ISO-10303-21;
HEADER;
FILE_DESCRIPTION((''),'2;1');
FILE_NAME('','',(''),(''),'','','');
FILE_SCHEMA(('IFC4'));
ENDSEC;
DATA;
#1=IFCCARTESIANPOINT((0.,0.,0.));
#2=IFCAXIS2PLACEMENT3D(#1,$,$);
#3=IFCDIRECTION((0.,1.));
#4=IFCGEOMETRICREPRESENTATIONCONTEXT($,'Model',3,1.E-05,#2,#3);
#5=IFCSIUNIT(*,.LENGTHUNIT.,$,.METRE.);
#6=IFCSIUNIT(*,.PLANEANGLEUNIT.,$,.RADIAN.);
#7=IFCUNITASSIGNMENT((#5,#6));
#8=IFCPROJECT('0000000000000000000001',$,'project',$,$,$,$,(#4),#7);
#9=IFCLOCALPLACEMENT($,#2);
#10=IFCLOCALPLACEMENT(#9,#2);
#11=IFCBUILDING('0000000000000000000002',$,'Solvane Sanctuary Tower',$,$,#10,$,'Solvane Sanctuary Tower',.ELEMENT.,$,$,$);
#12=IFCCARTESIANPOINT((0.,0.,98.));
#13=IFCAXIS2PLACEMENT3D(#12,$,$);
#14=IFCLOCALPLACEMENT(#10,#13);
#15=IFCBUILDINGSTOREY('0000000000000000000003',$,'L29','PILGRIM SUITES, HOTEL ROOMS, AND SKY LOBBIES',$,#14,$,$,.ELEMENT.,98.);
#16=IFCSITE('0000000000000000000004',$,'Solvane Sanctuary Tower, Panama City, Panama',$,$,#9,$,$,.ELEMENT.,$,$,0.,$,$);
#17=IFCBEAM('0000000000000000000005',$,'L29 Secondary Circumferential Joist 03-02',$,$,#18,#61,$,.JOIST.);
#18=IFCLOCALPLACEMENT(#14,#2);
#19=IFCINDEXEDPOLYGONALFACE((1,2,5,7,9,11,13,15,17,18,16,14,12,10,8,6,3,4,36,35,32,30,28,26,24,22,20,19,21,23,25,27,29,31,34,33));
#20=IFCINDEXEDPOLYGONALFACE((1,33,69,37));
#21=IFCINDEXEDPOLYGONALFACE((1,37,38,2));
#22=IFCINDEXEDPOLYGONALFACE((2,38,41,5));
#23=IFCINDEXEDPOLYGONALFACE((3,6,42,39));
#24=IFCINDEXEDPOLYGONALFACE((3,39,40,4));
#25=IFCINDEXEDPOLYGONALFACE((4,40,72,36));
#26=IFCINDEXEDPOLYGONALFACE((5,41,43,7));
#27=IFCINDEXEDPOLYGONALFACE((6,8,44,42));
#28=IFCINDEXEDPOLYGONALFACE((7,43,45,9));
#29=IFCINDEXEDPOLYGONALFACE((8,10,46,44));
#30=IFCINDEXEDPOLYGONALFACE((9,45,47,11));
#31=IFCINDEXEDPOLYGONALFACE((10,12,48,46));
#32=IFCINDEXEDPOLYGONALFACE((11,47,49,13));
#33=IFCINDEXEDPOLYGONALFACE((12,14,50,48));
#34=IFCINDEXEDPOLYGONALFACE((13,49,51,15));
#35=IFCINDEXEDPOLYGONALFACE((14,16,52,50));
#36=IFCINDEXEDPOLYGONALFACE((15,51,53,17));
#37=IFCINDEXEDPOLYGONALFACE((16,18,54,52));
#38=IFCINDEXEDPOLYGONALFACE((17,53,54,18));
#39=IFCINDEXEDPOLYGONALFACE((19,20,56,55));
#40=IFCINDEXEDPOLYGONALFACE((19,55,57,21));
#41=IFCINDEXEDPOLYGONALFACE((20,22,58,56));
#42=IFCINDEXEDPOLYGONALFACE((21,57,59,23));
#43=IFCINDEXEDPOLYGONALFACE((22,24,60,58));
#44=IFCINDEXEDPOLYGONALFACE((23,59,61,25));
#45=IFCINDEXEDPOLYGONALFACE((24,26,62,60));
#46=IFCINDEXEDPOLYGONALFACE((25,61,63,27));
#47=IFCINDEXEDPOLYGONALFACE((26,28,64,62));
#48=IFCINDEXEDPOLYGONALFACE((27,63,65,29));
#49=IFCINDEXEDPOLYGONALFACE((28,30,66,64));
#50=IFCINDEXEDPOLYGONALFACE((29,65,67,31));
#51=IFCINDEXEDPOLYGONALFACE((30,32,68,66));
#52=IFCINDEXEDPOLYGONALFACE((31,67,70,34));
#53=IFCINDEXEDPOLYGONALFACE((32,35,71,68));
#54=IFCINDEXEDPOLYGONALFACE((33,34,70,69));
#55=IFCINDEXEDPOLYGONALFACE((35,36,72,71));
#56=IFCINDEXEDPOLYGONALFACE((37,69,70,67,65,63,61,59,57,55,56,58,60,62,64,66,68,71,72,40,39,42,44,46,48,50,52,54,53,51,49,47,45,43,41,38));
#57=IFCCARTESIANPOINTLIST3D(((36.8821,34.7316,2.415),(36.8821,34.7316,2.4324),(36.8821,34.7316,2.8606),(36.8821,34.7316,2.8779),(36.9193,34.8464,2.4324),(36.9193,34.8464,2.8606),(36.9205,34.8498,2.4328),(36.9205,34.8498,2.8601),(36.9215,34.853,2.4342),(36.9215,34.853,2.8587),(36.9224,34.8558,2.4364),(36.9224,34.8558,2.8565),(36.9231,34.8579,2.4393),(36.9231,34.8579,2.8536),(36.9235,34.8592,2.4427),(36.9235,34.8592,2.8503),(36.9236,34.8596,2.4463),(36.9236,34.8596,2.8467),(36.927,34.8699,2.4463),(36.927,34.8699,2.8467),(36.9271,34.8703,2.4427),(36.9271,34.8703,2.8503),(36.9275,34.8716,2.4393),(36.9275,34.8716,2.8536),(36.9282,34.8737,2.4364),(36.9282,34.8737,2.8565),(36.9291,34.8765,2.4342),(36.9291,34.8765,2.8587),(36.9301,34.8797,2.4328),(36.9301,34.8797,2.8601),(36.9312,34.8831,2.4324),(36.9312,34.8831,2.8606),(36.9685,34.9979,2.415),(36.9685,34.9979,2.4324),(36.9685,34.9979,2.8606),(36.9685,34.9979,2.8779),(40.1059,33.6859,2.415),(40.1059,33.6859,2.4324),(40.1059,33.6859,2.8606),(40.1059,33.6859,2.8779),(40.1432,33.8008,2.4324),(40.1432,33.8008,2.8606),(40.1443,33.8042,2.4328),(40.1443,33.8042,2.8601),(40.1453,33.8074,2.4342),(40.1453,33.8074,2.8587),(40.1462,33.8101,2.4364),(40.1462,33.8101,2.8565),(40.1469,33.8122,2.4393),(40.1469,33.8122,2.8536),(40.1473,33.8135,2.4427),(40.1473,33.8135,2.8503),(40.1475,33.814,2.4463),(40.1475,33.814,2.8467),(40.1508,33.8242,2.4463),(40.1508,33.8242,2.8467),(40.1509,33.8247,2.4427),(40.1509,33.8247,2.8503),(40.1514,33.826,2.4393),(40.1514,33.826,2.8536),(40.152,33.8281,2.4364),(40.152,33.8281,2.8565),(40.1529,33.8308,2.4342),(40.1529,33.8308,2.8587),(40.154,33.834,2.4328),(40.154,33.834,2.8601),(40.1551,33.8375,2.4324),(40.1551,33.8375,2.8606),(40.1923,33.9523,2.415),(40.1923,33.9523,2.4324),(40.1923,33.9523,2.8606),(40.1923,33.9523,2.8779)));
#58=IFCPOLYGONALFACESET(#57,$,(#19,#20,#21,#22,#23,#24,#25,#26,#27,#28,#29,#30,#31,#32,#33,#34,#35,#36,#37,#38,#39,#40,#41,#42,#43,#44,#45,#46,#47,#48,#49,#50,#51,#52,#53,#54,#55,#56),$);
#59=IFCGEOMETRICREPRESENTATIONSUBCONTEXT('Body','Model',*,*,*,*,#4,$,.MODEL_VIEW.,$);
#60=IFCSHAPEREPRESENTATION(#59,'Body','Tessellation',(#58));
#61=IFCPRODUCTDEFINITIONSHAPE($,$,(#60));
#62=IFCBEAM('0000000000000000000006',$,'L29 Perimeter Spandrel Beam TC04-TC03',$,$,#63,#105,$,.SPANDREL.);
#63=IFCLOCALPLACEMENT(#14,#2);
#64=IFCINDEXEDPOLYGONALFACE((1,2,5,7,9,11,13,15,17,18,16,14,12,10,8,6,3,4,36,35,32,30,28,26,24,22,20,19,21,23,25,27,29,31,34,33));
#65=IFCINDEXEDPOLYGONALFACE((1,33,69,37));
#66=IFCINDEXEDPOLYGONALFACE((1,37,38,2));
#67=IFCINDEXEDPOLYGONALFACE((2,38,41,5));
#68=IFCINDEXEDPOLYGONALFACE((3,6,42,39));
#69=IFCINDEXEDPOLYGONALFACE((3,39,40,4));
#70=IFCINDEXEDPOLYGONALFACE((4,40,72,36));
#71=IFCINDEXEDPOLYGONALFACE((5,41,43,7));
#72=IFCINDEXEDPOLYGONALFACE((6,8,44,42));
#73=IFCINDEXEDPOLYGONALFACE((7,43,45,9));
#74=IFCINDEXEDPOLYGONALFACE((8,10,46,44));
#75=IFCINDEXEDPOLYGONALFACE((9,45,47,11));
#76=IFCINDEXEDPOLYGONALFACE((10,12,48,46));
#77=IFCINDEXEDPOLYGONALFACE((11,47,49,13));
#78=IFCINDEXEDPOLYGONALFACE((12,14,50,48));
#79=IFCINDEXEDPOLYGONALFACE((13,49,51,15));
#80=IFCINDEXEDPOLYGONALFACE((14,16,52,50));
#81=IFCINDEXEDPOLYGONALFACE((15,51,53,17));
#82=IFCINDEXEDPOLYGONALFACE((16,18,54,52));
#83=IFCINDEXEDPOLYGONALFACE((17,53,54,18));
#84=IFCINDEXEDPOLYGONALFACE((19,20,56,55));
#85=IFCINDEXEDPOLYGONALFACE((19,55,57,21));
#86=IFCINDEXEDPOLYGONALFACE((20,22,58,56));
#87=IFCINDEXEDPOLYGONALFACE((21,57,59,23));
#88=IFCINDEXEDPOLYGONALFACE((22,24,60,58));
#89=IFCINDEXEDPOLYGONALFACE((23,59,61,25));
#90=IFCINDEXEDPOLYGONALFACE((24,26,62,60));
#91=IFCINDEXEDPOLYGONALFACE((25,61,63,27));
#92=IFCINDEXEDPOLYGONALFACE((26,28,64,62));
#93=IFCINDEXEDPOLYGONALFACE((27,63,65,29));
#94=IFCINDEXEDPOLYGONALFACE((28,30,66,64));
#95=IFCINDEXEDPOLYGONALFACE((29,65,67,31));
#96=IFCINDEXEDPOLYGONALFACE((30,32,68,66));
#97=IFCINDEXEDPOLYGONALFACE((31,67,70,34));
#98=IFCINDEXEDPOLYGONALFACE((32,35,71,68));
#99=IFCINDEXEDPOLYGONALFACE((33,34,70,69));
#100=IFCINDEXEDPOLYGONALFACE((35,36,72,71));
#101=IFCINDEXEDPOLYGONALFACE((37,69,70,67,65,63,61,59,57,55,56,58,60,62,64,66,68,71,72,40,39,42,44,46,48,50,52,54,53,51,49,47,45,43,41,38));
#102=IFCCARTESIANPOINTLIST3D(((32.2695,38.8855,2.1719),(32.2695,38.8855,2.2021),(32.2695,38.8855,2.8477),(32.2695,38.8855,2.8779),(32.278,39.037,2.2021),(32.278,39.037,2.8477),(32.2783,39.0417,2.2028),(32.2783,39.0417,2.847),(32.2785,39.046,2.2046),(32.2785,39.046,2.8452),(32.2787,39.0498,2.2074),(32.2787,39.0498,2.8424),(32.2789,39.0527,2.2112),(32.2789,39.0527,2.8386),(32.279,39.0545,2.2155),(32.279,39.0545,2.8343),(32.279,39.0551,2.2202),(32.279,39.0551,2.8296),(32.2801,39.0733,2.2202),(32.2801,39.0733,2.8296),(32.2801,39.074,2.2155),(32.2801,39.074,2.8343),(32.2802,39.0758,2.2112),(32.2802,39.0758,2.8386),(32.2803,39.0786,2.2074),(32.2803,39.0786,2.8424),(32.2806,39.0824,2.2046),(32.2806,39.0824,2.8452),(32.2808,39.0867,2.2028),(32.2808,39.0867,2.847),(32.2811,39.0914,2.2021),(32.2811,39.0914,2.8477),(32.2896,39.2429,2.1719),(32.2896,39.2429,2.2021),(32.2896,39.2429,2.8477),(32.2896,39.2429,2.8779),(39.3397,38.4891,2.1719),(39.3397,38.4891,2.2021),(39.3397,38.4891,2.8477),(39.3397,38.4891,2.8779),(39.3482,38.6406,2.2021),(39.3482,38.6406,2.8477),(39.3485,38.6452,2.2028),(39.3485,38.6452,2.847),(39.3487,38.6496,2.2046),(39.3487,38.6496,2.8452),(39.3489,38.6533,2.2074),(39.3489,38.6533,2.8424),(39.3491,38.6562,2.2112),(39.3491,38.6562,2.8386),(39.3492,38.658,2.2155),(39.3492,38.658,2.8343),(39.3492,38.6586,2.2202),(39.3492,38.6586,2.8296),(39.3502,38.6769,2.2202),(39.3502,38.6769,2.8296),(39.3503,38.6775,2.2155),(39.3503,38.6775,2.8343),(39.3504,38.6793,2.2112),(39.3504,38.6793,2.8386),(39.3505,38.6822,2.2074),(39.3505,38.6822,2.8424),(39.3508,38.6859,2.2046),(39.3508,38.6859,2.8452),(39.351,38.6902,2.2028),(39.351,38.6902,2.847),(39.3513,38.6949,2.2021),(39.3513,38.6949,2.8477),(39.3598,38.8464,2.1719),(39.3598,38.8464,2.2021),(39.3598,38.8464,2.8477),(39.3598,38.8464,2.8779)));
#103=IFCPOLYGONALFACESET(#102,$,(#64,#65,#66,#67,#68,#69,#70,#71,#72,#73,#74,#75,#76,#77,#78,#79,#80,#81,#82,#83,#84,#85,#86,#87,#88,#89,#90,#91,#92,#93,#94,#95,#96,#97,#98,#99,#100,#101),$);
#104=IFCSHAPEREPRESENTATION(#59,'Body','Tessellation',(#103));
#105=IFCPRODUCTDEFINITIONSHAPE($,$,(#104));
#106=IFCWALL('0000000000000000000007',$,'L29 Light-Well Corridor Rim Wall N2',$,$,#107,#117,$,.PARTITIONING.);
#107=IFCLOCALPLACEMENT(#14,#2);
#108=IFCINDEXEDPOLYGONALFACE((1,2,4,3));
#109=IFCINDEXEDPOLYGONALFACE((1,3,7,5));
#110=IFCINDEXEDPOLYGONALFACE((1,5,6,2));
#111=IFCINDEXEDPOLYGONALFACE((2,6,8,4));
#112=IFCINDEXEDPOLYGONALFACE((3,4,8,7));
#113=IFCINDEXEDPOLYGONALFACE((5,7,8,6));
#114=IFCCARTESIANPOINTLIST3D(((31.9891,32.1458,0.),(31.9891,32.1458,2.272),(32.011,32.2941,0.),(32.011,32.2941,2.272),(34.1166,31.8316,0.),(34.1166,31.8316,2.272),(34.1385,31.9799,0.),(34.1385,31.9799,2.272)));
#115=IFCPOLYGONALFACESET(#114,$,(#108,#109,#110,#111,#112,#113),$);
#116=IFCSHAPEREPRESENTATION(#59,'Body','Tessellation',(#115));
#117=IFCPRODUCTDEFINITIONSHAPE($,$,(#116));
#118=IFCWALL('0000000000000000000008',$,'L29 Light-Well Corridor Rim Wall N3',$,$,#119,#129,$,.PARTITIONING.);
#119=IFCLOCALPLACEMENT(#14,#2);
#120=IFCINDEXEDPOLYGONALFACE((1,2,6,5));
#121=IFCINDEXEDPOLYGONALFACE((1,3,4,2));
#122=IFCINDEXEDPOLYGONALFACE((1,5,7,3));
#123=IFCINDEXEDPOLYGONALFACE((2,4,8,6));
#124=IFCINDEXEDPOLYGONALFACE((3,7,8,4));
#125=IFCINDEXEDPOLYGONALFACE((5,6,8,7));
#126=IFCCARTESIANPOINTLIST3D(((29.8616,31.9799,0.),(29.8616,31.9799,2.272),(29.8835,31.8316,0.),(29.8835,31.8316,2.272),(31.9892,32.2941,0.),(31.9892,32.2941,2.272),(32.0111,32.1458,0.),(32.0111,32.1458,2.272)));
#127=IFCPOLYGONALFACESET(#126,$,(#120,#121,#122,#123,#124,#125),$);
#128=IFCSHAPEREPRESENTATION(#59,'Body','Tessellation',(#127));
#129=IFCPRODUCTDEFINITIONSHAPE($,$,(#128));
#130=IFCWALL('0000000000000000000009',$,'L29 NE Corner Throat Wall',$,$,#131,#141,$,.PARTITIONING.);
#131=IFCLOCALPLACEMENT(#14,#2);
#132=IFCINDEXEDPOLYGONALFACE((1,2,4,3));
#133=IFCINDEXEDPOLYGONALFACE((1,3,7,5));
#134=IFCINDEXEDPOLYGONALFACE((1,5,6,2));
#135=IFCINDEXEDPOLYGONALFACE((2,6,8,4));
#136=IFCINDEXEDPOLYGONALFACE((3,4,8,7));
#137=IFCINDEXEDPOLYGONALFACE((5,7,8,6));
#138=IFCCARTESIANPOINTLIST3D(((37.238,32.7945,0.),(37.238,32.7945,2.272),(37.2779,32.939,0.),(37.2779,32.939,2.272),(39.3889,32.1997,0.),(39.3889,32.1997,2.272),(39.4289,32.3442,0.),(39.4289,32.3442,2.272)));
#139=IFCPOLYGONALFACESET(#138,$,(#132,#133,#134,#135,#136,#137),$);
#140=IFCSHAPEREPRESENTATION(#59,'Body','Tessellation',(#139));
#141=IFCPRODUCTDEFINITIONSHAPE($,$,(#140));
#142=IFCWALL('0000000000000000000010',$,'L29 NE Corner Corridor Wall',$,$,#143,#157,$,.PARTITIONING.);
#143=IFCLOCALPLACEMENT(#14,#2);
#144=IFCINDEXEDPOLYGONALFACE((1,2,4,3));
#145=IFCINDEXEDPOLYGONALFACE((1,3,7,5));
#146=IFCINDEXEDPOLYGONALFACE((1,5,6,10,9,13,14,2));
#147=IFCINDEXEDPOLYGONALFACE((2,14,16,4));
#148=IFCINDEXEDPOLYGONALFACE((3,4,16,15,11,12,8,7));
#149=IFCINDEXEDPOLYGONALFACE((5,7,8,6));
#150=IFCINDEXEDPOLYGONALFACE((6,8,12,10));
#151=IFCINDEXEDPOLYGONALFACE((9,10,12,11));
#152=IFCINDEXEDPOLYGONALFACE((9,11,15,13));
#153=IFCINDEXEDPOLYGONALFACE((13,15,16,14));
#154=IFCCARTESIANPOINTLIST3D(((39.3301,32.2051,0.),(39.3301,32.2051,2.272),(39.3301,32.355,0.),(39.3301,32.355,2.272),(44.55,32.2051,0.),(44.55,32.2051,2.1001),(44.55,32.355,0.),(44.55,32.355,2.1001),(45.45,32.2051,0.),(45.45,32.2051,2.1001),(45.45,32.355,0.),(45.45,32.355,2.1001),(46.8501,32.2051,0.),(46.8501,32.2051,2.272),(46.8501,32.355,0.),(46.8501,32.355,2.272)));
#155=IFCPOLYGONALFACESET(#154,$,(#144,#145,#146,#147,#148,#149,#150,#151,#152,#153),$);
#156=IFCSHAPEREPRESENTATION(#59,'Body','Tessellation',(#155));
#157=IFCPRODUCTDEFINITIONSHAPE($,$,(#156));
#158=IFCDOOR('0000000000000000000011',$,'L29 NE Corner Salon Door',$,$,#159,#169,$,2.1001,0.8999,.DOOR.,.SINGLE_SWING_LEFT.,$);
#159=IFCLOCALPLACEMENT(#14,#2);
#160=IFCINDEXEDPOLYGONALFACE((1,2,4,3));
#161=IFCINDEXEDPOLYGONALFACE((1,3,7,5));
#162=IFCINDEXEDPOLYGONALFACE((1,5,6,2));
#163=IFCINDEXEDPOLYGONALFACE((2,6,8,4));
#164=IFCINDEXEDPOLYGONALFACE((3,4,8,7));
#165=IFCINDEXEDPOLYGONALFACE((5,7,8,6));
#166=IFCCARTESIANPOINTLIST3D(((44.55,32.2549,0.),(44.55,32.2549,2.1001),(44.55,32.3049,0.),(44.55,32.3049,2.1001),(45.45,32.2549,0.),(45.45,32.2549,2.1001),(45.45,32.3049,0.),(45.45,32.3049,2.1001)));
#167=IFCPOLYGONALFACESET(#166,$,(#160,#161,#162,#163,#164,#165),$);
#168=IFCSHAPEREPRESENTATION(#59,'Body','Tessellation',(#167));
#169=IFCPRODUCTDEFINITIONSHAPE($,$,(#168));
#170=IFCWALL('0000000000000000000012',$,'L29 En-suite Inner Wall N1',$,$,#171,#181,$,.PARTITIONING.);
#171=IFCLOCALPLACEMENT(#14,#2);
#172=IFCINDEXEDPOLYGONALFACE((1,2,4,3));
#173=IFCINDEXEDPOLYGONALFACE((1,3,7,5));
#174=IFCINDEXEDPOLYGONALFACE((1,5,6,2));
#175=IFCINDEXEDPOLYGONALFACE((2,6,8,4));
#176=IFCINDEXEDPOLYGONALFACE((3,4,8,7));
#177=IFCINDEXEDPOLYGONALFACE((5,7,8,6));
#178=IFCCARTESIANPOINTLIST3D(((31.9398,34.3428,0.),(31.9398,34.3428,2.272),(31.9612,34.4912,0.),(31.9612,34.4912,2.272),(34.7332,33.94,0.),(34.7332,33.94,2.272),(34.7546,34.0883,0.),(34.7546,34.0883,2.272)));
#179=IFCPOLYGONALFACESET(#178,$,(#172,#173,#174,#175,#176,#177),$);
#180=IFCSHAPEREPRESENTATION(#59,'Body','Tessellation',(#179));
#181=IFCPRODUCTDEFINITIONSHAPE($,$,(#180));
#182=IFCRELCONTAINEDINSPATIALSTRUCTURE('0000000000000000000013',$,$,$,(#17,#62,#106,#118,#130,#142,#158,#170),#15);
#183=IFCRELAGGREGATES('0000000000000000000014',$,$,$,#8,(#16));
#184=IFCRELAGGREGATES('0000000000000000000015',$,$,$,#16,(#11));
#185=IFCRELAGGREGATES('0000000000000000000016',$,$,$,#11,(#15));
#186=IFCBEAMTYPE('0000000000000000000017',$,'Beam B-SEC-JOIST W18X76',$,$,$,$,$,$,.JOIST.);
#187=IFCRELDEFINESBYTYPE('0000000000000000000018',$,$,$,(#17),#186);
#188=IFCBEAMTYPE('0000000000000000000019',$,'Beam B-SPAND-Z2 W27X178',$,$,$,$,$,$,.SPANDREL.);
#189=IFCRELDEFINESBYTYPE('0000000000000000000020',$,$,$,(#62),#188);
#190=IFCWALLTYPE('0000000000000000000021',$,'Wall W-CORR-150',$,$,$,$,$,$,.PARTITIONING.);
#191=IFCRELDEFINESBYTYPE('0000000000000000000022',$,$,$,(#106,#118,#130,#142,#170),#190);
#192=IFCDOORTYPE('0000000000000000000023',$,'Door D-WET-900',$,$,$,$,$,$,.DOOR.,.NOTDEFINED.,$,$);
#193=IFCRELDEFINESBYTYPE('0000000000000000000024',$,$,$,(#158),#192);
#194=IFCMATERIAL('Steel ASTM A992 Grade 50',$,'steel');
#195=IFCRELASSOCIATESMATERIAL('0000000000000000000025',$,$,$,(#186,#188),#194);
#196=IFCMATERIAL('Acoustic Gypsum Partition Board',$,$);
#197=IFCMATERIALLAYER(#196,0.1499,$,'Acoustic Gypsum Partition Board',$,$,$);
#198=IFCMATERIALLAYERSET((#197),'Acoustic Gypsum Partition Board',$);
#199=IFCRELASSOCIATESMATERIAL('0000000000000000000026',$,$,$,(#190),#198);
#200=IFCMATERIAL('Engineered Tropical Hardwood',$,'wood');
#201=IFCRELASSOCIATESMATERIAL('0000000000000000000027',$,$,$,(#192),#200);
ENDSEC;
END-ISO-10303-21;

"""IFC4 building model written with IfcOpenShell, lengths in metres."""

from ifc_helpers import new_model, si_unit, direction, frame, frame_2d, origin, origin_2d, place, context, subcontext, project, spatial, rectangle, i_section, extrude, material, layer, layer_set, material_profile, profile_set, type_object, element, fill, save


model = new_model("IFC4")

# Units and contexts
model_context = context("Model", 3, precision=1e-05, world=origin(), true_north=direction((0.0, 1.0)))
body_context = subcontext(model_context, "Body", "Model", "MODEL_VIEW")
ifc_project = project(units=[si_unit("LENGTHUNIT", "METRE"), si_unit("PLANEANGLEUNIT", "RADIAN")], contexts=[model_context])

# Site, building, storey
site_placement = place(None, origin())
site = spatial("IfcSite", under=ifc_project, at=site_placement, Name="Solvane Sanctuary Tower, Panama City, Panama", CompositionType="ELEMENT", RefElevation=0.0)
building_placement = place(site_placement, origin())
building = spatial("IfcBuilding", under=site, at=building_placement, Name="Solvane Sanctuary Tower", LongName="Solvane Sanctuary Tower", CompositionType="ELEMENT")
storey_placement = place(building_placement, frame((0.0, 0.0, 98.0)))
storey = spatial("IfcBuildingStorey", under=building, at=storey_placement, Name="L29", Description="PILGRIM SUITES, HOTEL ROOMS, AND SKY LOBBIES", CompositionType="ELEMENT", Elevation=98.0)

# Beams
ifc_material_1 = material(Name="Steel ASTM A992 Grade 50", Category="steel")
ifc_material_profile_1 = material_profile(ifc_material_1, i_section(OverallWidth=0.28, OverallDepth=0.4629, WebThickness=0.0107, FlangeThickness=0.0173, FilletRadius=0.0139, at=origin_2d()), Name="W18X76")
ifc_profile_set_1 = profile_set([ifc_material_profile_1], Name="Steel ASTM A992 Grade 50")
beam_type_1 = type_object("IfcBeamType", Name="Beam B-SEC-JOIST W18X76", PredefinedType="JOIST", material=ifc_profile_set_1)
beam_1_placement = place(storey_placement, frame((36.9253, 34.8647, 2.6465), z_axis=(0.951217, -0.308524, 0.0), x_axis=(0.308524, 0.951217, 0.0)))
element("IfcBeam", 1, at=beam_1_placement, inside=storey, type_object=beam_type_1, Name="L29 Secondary Circumferential Joist 03-02", PredefinedType="JOIST", context=body_context, shape_type="SweptSolid", body=[
    extrude(i_section(OverallWidth=0.28, OverallDepth=0.4629, WebThickness=0.0107, FlangeThickness=0.0173, FilletRadius=0.0139, at=origin_2d()), origin(), (0.0, 0.0, 1.0), 3.3892),
])
ifc_material_profile_2 = material_profile(ifc_material_1, i_section(OverallWidth=0.3579, OverallDepth=0.7061, WebThickness=0.0183, FlangeThickness=0.0303, FilletRadius=0.0181, at=origin_2d()), Name="W27X178")
ifc_profile_set_2 = profile_set([ifc_material_profile_2], Name="Steel ASTM A992 Grade 50")
beam_type_2 = type_object("IfcBeamType", Name="Beam B-SPAND-Z2 W27X178", PredefinedType="SPANDREL", material=ifc_profile_set_2)
beam_2_placement = place(storey_placement, frame((32.2795, 39.0642, 2.5249), z_axis=(0.998431, -0.055989, 0.0), x_axis=(0.055989, 0.998431, 0.0)))
element("IfcBeam", 2, at=beam_2_placement, inside=storey, type_object=beam_type_2, Name="L29 Perimeter Spandrel Beam TC04-TC03", PredefinedType="SPANDREL", context=body_context, shape_type="SweptSolid", body=[
    extrude(i_section(OverallWidth=0.3579, OverallDepth=0.7061, WebThickness=0.0183, FlangeThickness=0.0303, FilletRadius=0.0181, at=origin_2d()), origin(), (0.0, 0.0, 1.0), 7.0813),
])

# Walls
ifc_material_2 = material(Name="Acoustic Gypsum Partition Board")
ifc_layer_1 = layer(ifc_material_2, 0.1499, Name="Acoustic Gypsum Partition Board")
ifc_layer_set_1 = layer_set([ifc_layer_1], Name="Acoustic Gypsum Partition Board")
wall_type_1 = type_object("IfcWallType", Name="Wall W-CORR-150", PredefinedType="PARTITIONING", material=ifc_layer_set_1)
for number, where, z_axis, x_axis, name in (
    (3, (34.1274, 31.9058, 0.0), (0.0, 0.0, 1.0), (-0.989269, 0.146108, 0.0), "L29 Light-Well Corridor Rim Wall N2"),
    (4, (32.0, 32.22, 0.0), (0.0, 0.0, 1.0), (-0.989269, -0.146108, 0.0), "L29 Light-Well Corridor Rim Wall N3"),
):
    element("IfcWall", number, at=place(storey_placement, frame(where, z_axis=z_axis, x_axis=x_axis)), inside=storey, type_object=wall_type_1, Name=name, PredefinedType="PARTITIONING", context=body_context, shape_type="SweptSolid", body=[
        extrude(rectangle(XDim=2.1506, YDim=0.1499, at=frame_2d((1.0752, 0.0))), origin(), (0.0, 0.0, 1.0), 2.272),
    ])
wall_1_placement = place(storey_placement, frame((37.2581, 32.8667, 0.0), z_axis=(0.0, 0.0, 1.0), x_axis=(0.963834, -0.266504, 0.0)))
element("IfcWall", 5, at=wall_1_placement, inside=storey, type_object=wall_type_1, Name="L29 NE Corner Throat Wall", PredefinedType="PARTITIONING", context=body_context, shape_type="SweptSolid", body=[
    extrude(rectangle(XDim=2.2317, YDim=0.1499, at=frame_2d((1.1157, 0.0))), origin(), (0.0, 0.0, 1.0), 2.272),
])

# Wall, opening, door
wall_2_placement = place(storey_placement, frame((39.3301, 32.28, 0.0), z_axis=(0.0, 0.0, 1.0), x_axis=(1.0, 0.0, 0.0)))
wall_2 = element("IfcWall", 6, at=wall_2_placement, inside=storey, type_object=wall_type_1, Name="L29 NE Corner Corridor Wall", PredefinedType="PARTITIONING", context=body_context, shape_type="SweptSolid", body=[
    extrude(rectangle(XDim=7.52, YDim=0.1499, at=frame_2d((3.76, 0.0))), origin(), (0.0, 0.0, 1.0), 2.272),
])
opening_1_placement = place(wall_2_placement, frame((5.22, 0.0, 0.0)))
opening_1 = element("IfcOpeningElement", 7, at=opening_1_placement, cuts=wall_2, PredefinedType="OPENING", context=body_context, shape_type="SweptSolid", body=[
    extrude(rectangle(XDim=0.8999, YDim=2.1001, at=frame_2d((0.45, 1.05))), frame((0.0, 0.085, 0.0), z_axis=(0.0, -1.0, 0.0), x_axis=(1.0, 0.0, 0.0)), (0.0, 0.0, 1.0), 0.1699),
])
ifc_material_3 = material(Name="Engineered Tropical Hardwood", Category="wood")
door_type_1 = type_object("IfcDoorType", Name="Door D-WET-900", OperationType="NOTDEFINED", PredefinedType="DOOR", material=ifc_material_3)
door_1_placement = place(opening_1_placement, origin())
door_1 = element("IfcDoor", 8, at=door_1_placement, inside=storey, type_object=door_type_1, Name="L29 NE Corner Salon Door", OperationType="SINGLE_SWING_LEFT", OverallHeight=2.1001, OverallWidth=0.8999, PredefinedType="DOOR", context=body_context, shape_type="SweptSolid", body=[
    extrude(rectangle(XDim=0.8999, YDim=2.1001, at=frame_2d((0.45, 1.05))), frame((0.0, 0.0249, 0.0), z_axis=(0.0, -1.0, 0.0), x_axis=(1.0, 0.0, 0.0)), (0.0, 0.0, 1.0), 0.05),
])
fill(opening_1, door_1)

# Wall
wall_3_placement = place(storey_placement, frame((34.7439, 34.0142, 0.0), z_axis=(0.0, 0.0, 1.0), x_axis=(-0.989762, 0.142729, 0.0)))
element("IfcWall", 9, at=wall_3_placement, inside=storey, type_object=wall_type_1, Name="L29 En-suite Inner Wall N1", PredefinedType="PARTITIONING", context=body_context, shape_type="SweptSolid", body=[
    extrude(rectangle(XDim=2.8223, YDim=0.1499, at=frame_2d((1.4111, 0.0))), origin(), (0.0, 0.0, 1.0), 2.272),
])

save(model, "model.ifc")
